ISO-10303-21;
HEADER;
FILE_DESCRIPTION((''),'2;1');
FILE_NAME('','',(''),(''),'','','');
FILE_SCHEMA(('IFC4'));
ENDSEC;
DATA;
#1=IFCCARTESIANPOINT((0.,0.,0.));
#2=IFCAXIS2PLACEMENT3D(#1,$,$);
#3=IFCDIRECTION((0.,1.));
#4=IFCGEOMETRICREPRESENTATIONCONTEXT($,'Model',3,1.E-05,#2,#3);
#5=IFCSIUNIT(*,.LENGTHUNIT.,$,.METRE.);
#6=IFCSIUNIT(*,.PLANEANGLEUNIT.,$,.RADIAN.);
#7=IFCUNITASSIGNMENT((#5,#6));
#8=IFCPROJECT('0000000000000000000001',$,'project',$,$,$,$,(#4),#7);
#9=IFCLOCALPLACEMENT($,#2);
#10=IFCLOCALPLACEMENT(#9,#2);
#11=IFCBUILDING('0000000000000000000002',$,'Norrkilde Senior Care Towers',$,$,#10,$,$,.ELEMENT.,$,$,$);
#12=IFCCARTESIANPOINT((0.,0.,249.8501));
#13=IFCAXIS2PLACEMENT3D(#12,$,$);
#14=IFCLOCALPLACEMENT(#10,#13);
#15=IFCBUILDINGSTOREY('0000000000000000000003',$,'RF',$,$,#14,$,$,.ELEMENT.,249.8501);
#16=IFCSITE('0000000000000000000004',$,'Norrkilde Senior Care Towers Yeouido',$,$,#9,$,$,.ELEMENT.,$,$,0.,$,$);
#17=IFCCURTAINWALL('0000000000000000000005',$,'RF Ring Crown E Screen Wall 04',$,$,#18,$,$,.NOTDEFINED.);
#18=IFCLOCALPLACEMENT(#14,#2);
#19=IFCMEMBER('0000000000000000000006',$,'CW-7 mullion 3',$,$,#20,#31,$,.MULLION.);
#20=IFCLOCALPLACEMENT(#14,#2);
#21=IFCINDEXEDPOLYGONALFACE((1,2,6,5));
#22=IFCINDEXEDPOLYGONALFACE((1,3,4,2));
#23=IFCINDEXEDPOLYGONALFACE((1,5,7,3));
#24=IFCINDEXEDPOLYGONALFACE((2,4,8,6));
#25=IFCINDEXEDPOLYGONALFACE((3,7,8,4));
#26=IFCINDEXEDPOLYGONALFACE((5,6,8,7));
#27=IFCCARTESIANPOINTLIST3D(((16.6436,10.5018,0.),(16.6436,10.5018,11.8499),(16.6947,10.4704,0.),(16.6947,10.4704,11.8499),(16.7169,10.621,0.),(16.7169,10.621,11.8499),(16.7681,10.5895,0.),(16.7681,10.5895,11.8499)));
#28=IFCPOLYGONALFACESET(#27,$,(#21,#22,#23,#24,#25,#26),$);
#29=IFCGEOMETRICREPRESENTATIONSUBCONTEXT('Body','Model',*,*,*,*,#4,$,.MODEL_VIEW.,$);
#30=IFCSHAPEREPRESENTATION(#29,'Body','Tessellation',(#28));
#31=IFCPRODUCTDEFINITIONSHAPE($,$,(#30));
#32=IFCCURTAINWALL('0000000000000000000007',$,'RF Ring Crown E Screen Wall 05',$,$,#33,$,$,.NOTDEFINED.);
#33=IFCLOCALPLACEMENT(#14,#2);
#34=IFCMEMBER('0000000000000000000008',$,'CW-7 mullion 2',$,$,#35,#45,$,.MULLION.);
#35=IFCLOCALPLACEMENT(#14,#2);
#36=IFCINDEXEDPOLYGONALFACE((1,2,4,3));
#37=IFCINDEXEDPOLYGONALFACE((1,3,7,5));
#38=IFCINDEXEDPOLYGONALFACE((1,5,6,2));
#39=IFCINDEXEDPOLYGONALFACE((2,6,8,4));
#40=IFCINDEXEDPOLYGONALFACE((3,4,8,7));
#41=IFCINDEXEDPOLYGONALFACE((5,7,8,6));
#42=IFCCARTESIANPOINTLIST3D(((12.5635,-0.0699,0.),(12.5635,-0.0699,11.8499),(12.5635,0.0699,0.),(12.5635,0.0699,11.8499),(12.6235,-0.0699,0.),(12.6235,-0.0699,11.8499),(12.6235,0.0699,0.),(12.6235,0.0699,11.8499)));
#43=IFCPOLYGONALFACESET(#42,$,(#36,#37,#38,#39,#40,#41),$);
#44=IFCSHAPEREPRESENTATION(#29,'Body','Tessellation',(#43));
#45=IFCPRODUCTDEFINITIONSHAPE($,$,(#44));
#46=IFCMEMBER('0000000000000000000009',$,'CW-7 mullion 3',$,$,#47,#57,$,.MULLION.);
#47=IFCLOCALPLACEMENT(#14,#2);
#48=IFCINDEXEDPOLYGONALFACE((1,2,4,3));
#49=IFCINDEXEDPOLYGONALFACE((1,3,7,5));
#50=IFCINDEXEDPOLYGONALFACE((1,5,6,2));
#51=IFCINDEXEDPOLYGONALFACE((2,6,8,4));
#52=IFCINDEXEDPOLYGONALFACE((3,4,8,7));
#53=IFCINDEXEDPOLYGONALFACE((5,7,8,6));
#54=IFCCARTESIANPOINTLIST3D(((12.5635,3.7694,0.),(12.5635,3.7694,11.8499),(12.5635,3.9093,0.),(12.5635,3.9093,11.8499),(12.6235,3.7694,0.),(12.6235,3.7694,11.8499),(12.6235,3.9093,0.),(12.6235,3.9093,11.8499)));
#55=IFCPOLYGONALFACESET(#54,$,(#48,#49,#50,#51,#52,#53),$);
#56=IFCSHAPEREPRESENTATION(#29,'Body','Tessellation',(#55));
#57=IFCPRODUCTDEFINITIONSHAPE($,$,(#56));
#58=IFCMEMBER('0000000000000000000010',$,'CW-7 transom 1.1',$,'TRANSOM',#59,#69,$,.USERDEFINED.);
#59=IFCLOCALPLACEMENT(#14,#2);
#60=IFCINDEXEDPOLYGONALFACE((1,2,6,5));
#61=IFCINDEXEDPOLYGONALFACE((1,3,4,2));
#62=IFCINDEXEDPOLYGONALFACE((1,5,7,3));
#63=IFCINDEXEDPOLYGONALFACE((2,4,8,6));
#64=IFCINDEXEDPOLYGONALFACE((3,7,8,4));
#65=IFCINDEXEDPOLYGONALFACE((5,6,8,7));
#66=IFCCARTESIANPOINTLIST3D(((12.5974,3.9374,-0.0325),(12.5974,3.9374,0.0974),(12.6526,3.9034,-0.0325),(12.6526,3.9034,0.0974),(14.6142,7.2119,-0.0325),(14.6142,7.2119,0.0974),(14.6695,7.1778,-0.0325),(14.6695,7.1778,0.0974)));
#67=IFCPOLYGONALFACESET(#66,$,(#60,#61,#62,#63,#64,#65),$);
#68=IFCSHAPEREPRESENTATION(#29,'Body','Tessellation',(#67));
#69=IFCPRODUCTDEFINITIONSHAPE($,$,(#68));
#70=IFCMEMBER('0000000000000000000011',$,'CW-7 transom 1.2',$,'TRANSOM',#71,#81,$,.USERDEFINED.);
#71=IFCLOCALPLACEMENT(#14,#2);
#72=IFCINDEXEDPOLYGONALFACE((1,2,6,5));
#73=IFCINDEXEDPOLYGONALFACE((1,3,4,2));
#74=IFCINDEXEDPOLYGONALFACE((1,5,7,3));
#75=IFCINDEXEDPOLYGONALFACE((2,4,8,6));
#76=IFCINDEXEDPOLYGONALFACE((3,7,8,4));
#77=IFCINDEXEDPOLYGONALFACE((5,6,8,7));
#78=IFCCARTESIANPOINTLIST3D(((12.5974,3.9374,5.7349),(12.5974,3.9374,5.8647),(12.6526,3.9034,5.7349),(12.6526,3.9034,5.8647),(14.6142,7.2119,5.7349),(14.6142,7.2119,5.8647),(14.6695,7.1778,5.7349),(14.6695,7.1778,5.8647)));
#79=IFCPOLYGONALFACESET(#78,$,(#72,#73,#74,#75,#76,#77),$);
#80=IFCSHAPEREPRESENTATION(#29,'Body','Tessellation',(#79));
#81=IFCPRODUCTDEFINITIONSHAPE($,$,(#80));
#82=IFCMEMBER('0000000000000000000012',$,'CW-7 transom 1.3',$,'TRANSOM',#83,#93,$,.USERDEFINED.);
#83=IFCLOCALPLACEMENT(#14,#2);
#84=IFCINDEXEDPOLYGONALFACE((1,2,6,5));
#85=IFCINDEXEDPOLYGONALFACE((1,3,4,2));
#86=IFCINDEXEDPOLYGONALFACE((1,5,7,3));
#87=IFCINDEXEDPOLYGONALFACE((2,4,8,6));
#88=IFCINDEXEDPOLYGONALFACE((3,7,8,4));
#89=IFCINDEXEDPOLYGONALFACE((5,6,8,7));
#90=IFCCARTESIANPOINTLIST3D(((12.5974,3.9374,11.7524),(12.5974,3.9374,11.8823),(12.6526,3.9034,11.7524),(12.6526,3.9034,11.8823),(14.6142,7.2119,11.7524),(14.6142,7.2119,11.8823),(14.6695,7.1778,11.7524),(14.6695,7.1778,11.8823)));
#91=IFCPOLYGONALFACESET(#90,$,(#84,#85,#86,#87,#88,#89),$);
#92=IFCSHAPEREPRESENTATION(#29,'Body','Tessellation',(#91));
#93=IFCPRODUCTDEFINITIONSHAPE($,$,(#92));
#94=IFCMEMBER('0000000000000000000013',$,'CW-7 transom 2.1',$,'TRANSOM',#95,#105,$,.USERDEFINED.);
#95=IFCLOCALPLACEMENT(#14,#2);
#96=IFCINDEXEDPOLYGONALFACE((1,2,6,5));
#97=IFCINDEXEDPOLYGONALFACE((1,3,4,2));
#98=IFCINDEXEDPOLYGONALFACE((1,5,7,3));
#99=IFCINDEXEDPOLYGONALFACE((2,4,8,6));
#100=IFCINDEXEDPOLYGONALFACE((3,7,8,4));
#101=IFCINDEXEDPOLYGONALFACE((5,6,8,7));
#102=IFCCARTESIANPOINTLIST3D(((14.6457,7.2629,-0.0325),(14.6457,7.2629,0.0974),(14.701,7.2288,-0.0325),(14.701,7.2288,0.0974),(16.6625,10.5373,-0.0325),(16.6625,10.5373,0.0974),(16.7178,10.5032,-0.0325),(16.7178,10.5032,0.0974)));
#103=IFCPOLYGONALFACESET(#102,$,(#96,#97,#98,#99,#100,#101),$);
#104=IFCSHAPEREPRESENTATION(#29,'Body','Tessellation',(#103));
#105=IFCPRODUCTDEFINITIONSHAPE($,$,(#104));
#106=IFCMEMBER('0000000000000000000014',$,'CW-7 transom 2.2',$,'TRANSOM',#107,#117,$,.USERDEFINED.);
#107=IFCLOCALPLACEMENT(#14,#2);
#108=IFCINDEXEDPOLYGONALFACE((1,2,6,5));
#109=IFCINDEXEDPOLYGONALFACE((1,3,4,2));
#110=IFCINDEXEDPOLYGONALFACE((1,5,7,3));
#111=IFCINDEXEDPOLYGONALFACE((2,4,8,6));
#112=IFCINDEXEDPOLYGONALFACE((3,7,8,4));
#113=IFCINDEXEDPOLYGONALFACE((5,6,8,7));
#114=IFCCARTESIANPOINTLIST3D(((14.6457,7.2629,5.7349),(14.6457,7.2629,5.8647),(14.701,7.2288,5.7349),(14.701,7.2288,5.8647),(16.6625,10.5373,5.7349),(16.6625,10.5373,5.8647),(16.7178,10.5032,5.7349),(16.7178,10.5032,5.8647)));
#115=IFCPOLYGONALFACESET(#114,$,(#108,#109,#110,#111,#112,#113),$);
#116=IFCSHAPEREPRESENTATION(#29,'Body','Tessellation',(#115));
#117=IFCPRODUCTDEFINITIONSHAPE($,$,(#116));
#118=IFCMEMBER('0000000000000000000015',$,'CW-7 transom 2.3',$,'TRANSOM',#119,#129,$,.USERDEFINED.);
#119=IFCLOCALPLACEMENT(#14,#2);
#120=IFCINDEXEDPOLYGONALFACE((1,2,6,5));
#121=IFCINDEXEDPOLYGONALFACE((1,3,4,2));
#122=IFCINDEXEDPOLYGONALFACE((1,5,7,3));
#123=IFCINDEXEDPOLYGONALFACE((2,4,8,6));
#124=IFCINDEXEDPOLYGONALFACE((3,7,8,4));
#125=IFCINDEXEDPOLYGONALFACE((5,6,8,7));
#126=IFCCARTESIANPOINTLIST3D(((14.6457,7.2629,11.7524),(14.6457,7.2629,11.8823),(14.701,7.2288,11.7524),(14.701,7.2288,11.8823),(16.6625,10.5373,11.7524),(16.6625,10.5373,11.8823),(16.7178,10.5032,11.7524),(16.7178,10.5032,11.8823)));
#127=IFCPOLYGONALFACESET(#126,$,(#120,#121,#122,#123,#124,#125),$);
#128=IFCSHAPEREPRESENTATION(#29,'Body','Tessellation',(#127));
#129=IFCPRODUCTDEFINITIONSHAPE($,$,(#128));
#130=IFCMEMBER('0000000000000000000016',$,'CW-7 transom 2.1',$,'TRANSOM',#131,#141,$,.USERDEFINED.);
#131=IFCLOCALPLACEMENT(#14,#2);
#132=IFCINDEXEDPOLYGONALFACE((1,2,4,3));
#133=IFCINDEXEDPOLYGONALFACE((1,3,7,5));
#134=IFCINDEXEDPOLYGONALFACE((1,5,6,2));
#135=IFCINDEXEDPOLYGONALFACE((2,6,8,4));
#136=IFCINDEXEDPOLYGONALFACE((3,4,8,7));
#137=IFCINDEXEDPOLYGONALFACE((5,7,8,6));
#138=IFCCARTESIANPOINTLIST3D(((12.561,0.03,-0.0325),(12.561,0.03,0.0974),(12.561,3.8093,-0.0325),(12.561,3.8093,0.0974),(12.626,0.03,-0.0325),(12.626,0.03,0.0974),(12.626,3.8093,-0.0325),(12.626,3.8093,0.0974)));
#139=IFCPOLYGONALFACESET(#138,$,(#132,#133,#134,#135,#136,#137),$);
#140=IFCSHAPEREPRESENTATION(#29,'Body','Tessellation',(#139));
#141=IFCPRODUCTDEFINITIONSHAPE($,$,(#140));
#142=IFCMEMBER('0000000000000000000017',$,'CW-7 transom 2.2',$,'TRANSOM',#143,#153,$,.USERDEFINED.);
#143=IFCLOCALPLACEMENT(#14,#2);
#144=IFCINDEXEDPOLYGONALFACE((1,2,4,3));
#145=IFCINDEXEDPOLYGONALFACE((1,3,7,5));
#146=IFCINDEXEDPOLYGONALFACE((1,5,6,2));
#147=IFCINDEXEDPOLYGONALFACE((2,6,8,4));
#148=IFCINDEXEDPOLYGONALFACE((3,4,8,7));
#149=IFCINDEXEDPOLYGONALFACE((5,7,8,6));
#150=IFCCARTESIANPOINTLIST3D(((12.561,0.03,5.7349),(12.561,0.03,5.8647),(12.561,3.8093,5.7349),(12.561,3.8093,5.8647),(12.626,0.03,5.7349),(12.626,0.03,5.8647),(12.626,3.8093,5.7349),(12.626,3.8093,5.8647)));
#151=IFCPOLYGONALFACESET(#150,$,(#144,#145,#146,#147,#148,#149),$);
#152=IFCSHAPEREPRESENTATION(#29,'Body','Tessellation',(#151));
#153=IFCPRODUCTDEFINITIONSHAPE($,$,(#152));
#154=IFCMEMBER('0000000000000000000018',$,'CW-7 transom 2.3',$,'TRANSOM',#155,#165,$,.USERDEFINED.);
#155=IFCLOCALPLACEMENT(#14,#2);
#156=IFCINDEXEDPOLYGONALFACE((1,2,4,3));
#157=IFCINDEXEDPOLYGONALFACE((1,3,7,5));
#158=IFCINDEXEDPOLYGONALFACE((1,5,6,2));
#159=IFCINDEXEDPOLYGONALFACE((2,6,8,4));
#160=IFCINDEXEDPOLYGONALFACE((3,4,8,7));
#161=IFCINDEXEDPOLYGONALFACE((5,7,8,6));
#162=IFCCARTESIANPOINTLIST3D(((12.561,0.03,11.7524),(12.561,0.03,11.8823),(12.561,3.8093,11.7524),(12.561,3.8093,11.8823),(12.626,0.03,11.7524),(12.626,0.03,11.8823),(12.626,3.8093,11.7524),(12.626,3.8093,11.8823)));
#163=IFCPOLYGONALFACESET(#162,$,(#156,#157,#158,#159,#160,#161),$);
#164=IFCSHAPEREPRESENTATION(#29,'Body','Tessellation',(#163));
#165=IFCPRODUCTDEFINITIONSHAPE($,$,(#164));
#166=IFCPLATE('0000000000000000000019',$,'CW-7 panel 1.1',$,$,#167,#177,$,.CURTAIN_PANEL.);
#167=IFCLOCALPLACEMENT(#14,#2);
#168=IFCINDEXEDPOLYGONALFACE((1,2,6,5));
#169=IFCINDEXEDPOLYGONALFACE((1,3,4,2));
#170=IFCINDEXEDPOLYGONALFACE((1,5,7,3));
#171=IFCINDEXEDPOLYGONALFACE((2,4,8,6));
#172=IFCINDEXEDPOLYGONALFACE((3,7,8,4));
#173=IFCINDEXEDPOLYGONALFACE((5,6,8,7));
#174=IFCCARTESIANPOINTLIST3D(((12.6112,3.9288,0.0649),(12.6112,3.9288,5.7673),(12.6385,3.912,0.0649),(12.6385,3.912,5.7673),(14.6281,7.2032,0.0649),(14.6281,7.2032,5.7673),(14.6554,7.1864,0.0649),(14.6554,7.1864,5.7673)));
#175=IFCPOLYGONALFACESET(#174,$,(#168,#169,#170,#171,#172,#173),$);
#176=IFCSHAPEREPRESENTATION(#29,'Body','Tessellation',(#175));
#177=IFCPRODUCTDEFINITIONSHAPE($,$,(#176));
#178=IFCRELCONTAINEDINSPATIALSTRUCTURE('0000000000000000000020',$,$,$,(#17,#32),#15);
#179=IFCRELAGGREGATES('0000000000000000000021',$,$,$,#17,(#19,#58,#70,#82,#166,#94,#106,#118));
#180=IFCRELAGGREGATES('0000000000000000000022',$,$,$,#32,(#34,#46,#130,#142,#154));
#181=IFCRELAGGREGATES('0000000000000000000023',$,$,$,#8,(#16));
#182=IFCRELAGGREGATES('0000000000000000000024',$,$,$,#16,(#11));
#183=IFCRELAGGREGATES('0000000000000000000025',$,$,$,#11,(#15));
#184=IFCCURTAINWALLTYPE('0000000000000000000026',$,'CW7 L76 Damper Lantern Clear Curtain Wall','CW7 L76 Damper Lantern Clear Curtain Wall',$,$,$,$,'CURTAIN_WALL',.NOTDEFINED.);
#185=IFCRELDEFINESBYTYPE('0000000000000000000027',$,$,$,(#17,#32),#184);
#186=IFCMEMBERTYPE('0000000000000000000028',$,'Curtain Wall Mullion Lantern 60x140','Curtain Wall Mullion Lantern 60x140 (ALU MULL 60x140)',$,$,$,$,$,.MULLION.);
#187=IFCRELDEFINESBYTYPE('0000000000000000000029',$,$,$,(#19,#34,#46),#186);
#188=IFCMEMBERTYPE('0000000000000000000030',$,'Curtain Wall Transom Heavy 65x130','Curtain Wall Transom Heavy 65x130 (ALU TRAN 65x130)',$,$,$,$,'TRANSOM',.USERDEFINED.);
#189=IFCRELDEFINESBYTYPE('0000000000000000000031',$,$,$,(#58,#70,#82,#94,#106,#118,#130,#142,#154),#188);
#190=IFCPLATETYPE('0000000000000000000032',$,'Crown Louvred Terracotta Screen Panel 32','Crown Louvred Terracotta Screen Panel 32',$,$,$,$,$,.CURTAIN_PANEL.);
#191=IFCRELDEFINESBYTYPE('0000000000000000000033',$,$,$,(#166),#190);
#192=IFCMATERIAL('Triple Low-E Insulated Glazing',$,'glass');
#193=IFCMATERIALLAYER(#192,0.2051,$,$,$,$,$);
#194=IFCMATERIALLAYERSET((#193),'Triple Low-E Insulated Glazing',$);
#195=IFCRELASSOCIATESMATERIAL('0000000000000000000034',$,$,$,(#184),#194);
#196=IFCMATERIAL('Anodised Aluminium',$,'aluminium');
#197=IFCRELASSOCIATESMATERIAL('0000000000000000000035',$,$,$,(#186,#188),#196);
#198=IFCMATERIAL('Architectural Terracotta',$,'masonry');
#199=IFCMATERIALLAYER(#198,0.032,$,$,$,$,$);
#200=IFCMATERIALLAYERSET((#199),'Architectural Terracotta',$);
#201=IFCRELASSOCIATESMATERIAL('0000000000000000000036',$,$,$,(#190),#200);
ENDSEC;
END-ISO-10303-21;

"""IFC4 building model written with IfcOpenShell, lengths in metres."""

from ifc_helpers import new_model, si_unit, direction, frame, origin, origin_2d, place, context, subcontext, project, spatial, rectangle, extrude, source, transform, mapped, material, layer, layer_set, material_profile, profile_set, type_object, type_shapes, element, aggregate, save


model = new_model("IFC4")

# Units and contexts
model_context = context("Model", 3, precision=1e-05, world=origin(), true_north=direction((0.0, 1.0)))
body_context = subcontext(model_context, "Body", "Model", "MODEL_VIEW")
ifc_project = project(units=[si_unit("LENGTHUNIT", "METRE"), si_unit("PLANEANGLEUNIT", "RADIAN")], contexts=[model_context])

# Site, building, storey
site_placement = place(None, origin())
site = spatial("IfcSite", under=ifc_project, at=site_placement, Name="Norrkilde Senior Care Towers Yeouido", CompositionType="ELEMENT", RefElevation=0.0)
building_placement = place(site_placement, origin())
building = spatial("IfcBuilding", under=site, at=building_placement, Name="Norrkilde Senior Care Towers", CompositionType="ELEMENT")
storey_placement = place(building_placement, frame((0.0, 0.0, 249.8501)))
storey = spatial("IfcBuildingStorey", under=building, at=storey_placement, Name="RF", CompositionType="ELEMENT", Elevation=249.8501)

# Curtain walls, members
ifc_material_1 = material(Name="Triple Low-E Insulated Glazing", Category="glass")
ifc_layer_1 = layer(ifc_material_1, 0.2051)
ifc_layer_set_1 = layer_set([ifc_layer_1], Name="Triple Low-E Insulated Glazing")
curtain_wall_type = type_object("IfcCurtainWallType", Name="CW7 L76 Damper Lantern Clear Curtain Wall", Description="CW7 L76 Damper Lantern Clear Curtain Wall", ElementType="CURTAIN_WALL", PredefinedType="NOTDEFINED", material=ifc_layer_set_1)
curtain_wall_1_placement = place(storey_placement, origin())
curtain_wall_1 = element("IfcCurtainWall", 1, at=curtain_wall_1_placement, inside=storey, type_object=curtain_wall_type, Name="RF Ring Crown E Screen Wall 04", PredefinedType="NOTDEFINED")
ifc_material_2 = material(Name="Anodised Aluminium", Category="aluminium")
ifc_material_profile_1 = material_profile(ifc_material_2, rectangle(XDim=0.0601, YDim=0.1399, at=origin_2d()), Name="ALU MULL 60x140")
ifc_profile_set_1 = profile_set([ifc_material_profile_1], Name="Anodised Aluminium")
member_type_1 = type_object("IfcMemberType", Name="Curtain Wall Mullion Lantern 60x140", Description="Curtain Wall Mullion Lantern 60x140 (ALU MULL 60x140)", PredefinedType="MULLION", material=ifc_profile_set_1)
shared_shape_1 = source(origin(), body_context, "Body", "SweptSolid", [
    extrude(rectangle(XDim=0.0601, YDim=0.1399, at=origin_2d()), origin(), (0.0, 0.0, 1.0), 11.8499),
])
type_shapes(member_type_1, [shared_shape_1])
member_1_placement = place(storey_placement, frame((16.7058, 10.5457, 0.0), z_axis=(0.0, 0.0, 1.0), x_axis=(-0.851436, 0.524458, 0.0)))
member_1 = element("IfcMember", 2, at=member_1_placement, type_object=member_type_1, Name="CW-7 mullion 3", PredefinedType="MULLION", context=body_context, shape_type="MappedRepresentation", body=[
    mapped(shared_shape_1, transform((0.0, 0.0, 0.0), x_axis=(1.0, 0.0, 0.0), y_axis=(0.0, 1.0, 0.0), z_axis=(0.0, 0.0, 1.0), scale=1.0)),
])
curtain_wall_2_placement = place(storey_placement, origin())
curtain_wall_2 = element("IfcCurtainWall", 3, at=curtain_wall_2_placement, inside=storey, type_object=curtain_wall_type, Name="RF Ring Crown E Screen Wall 05", PredefinedType="NOTDEFINED")
member_2_placement = place(storey_placement, frame((12.5935, 0.0, 0.0), z_axis=(0.0, 0.0, 1.0), x_axis=(-1.0, 0.0, 0.0)))
member_2 = element("IfcMember", 4, at=member_2_placement, type_object=member_type_1, Name="CW-7 mullion 2", PredefinedType="MULLION", context=body_context, shape_type="MappedRepresentation", body=[
    mapped(shared_shape_1, transform((0.0, 0.0, 0.0), x_axis=(1.0, 0.0, 0.0), y_axis=(0.0, 1.0, 0.0), z_axis=(0.0, 0.0, 1.0), scale=1.0)),
])
member_3_placement = place(storey_placement, frame((12.5935, 3.8394, 0.0), z_axis=(0.0, 0.0, 1.0), x_axis=(-1.0, 0.0, 0.0)))
member_3 = element("IfcMember", 5, at=member_3_placement, type_object=member_type_1, Name="CW-7 mullion 3", PredefinedType="MULLION", context=body_context, shape_type="MappedRepresentation", body=[
    mapped(shared_shape_1, transform((0.0, 0.0, 0.0), x_axis=(1.0, 0.0, 0.0), y_axis=(0.0, 1.0, 0.0), z_axis=(0.0, 0.0, 1.0), scale=1.0)),
])

# Members
ifc_material_profile_2 = material_profile(ifc_material_2, rectangle(XDim=0.0649, YDim=0.1299, at=origin_2d()), Name="ALU TRAN 65x130")
ifc_profile_set_2 = profile_set([ifc_material_profile_2], Name="Anodised Aluminium")
member_type_2 = type_object("IfcMemberType", Name="Curtain Wall Transom Heavy 65x130", Description="Curtain Wall Transom Heavy 65x130 (ALU TRAN 65x130)", ElementType="TRANSOM", PredefinedType="USERDEFINED", material=ifc_profile_set_2)
shared_shape_2 = source(origin(), body_context, "Body", "SweptSolid", [
    extrude(rectangle(XDim=0.0649, YDim=0.1299, at=origin_2d()), origin(), (0.0, 0.0, 1.0), 3.8457),
])
member_4_placement = place(storey_placement, frame((12.625, 3.9204, 0.0325), z_axis=(0.524441, 0.851447, 0.0), x_axis=(-0.851447, 0.524441, 0.0)))
member_4 = element("IfcMember", 6, at=member_4_placement, type_object=member_type_2, Name="CW-7 transom 1.1", ObjectType="TRANSOM", PredefinedType="USERDEFINED", context=body_context, shape_type="MappedRepresentation", body=[
    mapped(shared_shape_2, transform((0.0, 0.0, 0.0), x_axis=(1.0, 0.0, 0.0), y_axis=(0.0, 1.0, 0.0), z_axis=(0.0, 0.0, 1.0), scale=1.0)),
])
member_5_placement = place(storey_placement, frame((12.625, 3.9204, 5.7998), z_axis=(0.524441, 0.851447, 0.0), x_axis=(-0.851447, 0.524441, 0.0)))
member_5 = element("IfcMember", 7, at=member_5_placement, type_object=member_type_2, Name="CW-7 transom 1.2", ObjectType="TRANSOM", PredefinedType="USERDEFINED", context=body_context, shape_type="MappedRepresentation", body=[
    mapped(shared_shape_2, transform((0.0, 0.0, 0.0), x_axis=(1.0, 0.0, 0.0), y_axis=(0.0, 1.0, 0.0), z_axis=(0.0, 0.0, 1.0), scale=1.0)),
])
member_6_placement = place(storey_placement, frame((12.625, 3.9204, 11.8174), z_axis=(0.524441, 0.851447, 0.0), x_axis=(-0.851447, 0.524441, 0.0)))
member_6 = element("IfcMember", 8, at=member_6_placement, type_object=member_type_2, Name="CW-7 transom 1.3", ObjectType="TRANSOM", PredefinedType="USERDEFINED", context=body_context, shape_type="MappedRepresentation", body=[
    mapped(shared_shape_2, transform((0.0, 0.0, 0.0), x_axis=(1.0, 0.0, 0.0), y_axis=(0.0, 1.0, 0.0), z_axis=(0.0, 0.0, 1.0), scale=1.0)),
])
member_7_placement = place(storey_placement, frame((14.6733, 7.2458, 0.0325), z_axis=(0.524441, 0.851447, 0.0), x_axis=(-0.851447, 0.524441, 0.0)))
member_7 = element("IfcMember", 9, at=member_7_placement, type_object=member_type_2, Name="CW-7 transom 2.1", ObjectType="TRANSOM", PredefinedType="USERDEFINED", context=body_context, shape_type="MappedRepresentation", body=[
    mapped(shared_shape_2, transform((0.0, 0.0, 0.0), x_axis=(1.0, 0.0, 0.0), y_axis=(0.0, 1.0, 0.0), z_axis=(0.0, 0.0, 1.0), scale=1.0)),
])
member_8_placement = place(storey_placement, frame((14.6733, 7.2458, 5.7998), z_axis=(0.524441, 0.851447, 0.0), x_axis=(-0.851447, 0.524441, 0.0)))
member_8 = element("IfcMember", 10, at=member_8_placement, type_object=member_type_2, Name="CW-7 transom 2.2", ObjectType="TRANSOM", PredefinedType="USERDEFINED", context=body_context, shape_type="MappedRepresentation", body=[
    mapped(shared_shape_2, transform((0.0, 0.0, 0.0), x_axis=(1.0, 0.0, 0.0), y_axis=(0.0, 1.0, 0.0), z_axis=(0.0, 0.0, 1.0), scale=1.0)),
])
member_9_placement = place(storey_placement, frame((14.6733, 7.2458, 11.8174), z_axis=(0.524441, 0.851447, 0.0), x_axis=(-0.851447, 0.524441, 0.0)))
member_9 = element("IfcMember", 11, at=member_9_placement, type_object=member_type_2, Name="CW-7 transom 2.3", ObjectType="TRANSOM", PredefinedType="USERDEFINED", context=body_context, shape_type="MappedRepresentation", body=[
    mapped(shared_shape_2, transform((0.0, 0.0, 0.0), x_axis=(1.0, 0.0, 0.0), y_axis=(0.0, 1.0, 0.0), z_axis=(0.0, 0.0, 1.0), scale=1.0)),
])
shared_shape_3 = source(origin(), body_context, "Body", "SweptSolid", [
    extrude(rectangle(XDim=0.0649, YDim=0.1299, at=origin_2d()), origin(), (0.0, 0.0, 1.0), 3.7793),
])
type_shapes(member_type_2, [shared_shape_2, shared_shape_3])
member_10_placement = place(storey_placement, frame((12.5935, 0.03, 0.0325), z_axis=(0.0, 1.0, 0.0), x_axis=(-1.0, 0.0, 0.0)))
member_10 = element("IfcMember", 12, at=member_10_placement, type_object=member_type_2, Name="CW-7 transom 2.1", ObjectType="TRANSOM", PredefinedType="USERDEFINED", context=body_context, shape_type="MappedRepresentation", body=[
    mapped(shared_shape_3, transform((0.0, 0.0, 0.0), x_axis=(1.0, 0.0, 0.0), y_axis=(0.0, 1.0, 0.0), z_axis=(0.0, 0.0, 1.0), scale=1.0)),
])
member_11_placement = place(storey_placement, frame((12.5935, 0.03, 5.7998), z_axis=(0.0, 1.0, 0.0), x_axis=(-1.0, 0.0, 0.0)))
member_11 = element("IfcMember", 13, at=member_11_placement, type_object=member_type_2, Name="CW-7 transom 2.2", ObjectType="TRANSOM", PredefinedType="USERDEFINED", context=body_context, shape_type="MappedRepresentation", body=[
    mapped(shared_shape_3, transform((0.0, 0.0, 0.0), x_axis=(1.0, 0.0, 0.0), y_axis=(0.0, 1.0, 0.0), z_axis=(0.0, 0.0, 1.0), scale=1.0)),
])
member_12_placement = place(storey_placement, frame((12.5935, 0.03, 11.8174), z_axis=(0.0, 1.0, 0.0), x_axis=(-1.0, 0.0, 0.0)))
member_12 = element("IfcMember", 14, at=member_12_placement, type_object=member_type_2, Name="CW-7 transom 2.3", ObjectType="TRANSOM", PredefinedType="USERDEFINED", context=body_context, shape_type="MappedRepresentation", body=[
    mapped(shared_shape_3, transform((0.0, 0.0, 0.0), x_axis=(1.0, 0.0, 0.0), y_axis=(0.0, 1.0, 0.0), z_axis=(0.0, 0.0, 1.0), scale=1.0)),
])

# Plate
ifc_material_3 = material(Name="Architectural Terracotta", Category="masonry")
ifc_layer_2 = layer(ifc_material_3, 0.032)
ifc_layer_set_2 = layer_set([ifc_layer_2], Name="Architectural Terracotta")
plate_type = type_object("IfcPlateType", Name="Crown Louvred Terracotta Screen Panel 32", Description="Crown Louvred Terracotta Screen Panel 32", PredefinedType="CURTAIN_PANEL", material=ifc_layer_set_2)
shared_shape_4 = source(origin(), body_context, "Body", "SweptSolid", [
    extrude(rectangle(XDim=3.8457, YDim=0.032, at=origin_2d()), origin(), (0.0, 0.0, 1.0), 5.7024),
])
plate_1_placement = place(storey_placement, frame((13.6333, 5.5576, 0.0649), z_axis=(0.0, 0.0, 1.0), x_axis=(0.524458, 0.851436, 0.0)))
plate_1 = element("IfcPlate", 15, at=plate_1_placement, type_object=plate_type, Name="CW-7 panel 1.1", PredefinedType="CURTAIN_PANEL", context=body_context, shape_type="MappedRepresentation", body=[
    mapped(shared_shape_4, transform((0.0, 0.0, 0.0), x_axis=(1.0, 0.0, 0.0), y_axis=(0.0, 1.0, 0.0), z_axis=(0.0, 0.0, 1.0), scale=1.0)),
])
aggregate(curtain_wall_1, [member_1, member_4, member_5, member_6, plate_1, member_7, member_8, member_9])
aggregate(curtain_wall_2, [member_2, member_3, member_10, member_11, member_12])

save(model, "model.ifc")
